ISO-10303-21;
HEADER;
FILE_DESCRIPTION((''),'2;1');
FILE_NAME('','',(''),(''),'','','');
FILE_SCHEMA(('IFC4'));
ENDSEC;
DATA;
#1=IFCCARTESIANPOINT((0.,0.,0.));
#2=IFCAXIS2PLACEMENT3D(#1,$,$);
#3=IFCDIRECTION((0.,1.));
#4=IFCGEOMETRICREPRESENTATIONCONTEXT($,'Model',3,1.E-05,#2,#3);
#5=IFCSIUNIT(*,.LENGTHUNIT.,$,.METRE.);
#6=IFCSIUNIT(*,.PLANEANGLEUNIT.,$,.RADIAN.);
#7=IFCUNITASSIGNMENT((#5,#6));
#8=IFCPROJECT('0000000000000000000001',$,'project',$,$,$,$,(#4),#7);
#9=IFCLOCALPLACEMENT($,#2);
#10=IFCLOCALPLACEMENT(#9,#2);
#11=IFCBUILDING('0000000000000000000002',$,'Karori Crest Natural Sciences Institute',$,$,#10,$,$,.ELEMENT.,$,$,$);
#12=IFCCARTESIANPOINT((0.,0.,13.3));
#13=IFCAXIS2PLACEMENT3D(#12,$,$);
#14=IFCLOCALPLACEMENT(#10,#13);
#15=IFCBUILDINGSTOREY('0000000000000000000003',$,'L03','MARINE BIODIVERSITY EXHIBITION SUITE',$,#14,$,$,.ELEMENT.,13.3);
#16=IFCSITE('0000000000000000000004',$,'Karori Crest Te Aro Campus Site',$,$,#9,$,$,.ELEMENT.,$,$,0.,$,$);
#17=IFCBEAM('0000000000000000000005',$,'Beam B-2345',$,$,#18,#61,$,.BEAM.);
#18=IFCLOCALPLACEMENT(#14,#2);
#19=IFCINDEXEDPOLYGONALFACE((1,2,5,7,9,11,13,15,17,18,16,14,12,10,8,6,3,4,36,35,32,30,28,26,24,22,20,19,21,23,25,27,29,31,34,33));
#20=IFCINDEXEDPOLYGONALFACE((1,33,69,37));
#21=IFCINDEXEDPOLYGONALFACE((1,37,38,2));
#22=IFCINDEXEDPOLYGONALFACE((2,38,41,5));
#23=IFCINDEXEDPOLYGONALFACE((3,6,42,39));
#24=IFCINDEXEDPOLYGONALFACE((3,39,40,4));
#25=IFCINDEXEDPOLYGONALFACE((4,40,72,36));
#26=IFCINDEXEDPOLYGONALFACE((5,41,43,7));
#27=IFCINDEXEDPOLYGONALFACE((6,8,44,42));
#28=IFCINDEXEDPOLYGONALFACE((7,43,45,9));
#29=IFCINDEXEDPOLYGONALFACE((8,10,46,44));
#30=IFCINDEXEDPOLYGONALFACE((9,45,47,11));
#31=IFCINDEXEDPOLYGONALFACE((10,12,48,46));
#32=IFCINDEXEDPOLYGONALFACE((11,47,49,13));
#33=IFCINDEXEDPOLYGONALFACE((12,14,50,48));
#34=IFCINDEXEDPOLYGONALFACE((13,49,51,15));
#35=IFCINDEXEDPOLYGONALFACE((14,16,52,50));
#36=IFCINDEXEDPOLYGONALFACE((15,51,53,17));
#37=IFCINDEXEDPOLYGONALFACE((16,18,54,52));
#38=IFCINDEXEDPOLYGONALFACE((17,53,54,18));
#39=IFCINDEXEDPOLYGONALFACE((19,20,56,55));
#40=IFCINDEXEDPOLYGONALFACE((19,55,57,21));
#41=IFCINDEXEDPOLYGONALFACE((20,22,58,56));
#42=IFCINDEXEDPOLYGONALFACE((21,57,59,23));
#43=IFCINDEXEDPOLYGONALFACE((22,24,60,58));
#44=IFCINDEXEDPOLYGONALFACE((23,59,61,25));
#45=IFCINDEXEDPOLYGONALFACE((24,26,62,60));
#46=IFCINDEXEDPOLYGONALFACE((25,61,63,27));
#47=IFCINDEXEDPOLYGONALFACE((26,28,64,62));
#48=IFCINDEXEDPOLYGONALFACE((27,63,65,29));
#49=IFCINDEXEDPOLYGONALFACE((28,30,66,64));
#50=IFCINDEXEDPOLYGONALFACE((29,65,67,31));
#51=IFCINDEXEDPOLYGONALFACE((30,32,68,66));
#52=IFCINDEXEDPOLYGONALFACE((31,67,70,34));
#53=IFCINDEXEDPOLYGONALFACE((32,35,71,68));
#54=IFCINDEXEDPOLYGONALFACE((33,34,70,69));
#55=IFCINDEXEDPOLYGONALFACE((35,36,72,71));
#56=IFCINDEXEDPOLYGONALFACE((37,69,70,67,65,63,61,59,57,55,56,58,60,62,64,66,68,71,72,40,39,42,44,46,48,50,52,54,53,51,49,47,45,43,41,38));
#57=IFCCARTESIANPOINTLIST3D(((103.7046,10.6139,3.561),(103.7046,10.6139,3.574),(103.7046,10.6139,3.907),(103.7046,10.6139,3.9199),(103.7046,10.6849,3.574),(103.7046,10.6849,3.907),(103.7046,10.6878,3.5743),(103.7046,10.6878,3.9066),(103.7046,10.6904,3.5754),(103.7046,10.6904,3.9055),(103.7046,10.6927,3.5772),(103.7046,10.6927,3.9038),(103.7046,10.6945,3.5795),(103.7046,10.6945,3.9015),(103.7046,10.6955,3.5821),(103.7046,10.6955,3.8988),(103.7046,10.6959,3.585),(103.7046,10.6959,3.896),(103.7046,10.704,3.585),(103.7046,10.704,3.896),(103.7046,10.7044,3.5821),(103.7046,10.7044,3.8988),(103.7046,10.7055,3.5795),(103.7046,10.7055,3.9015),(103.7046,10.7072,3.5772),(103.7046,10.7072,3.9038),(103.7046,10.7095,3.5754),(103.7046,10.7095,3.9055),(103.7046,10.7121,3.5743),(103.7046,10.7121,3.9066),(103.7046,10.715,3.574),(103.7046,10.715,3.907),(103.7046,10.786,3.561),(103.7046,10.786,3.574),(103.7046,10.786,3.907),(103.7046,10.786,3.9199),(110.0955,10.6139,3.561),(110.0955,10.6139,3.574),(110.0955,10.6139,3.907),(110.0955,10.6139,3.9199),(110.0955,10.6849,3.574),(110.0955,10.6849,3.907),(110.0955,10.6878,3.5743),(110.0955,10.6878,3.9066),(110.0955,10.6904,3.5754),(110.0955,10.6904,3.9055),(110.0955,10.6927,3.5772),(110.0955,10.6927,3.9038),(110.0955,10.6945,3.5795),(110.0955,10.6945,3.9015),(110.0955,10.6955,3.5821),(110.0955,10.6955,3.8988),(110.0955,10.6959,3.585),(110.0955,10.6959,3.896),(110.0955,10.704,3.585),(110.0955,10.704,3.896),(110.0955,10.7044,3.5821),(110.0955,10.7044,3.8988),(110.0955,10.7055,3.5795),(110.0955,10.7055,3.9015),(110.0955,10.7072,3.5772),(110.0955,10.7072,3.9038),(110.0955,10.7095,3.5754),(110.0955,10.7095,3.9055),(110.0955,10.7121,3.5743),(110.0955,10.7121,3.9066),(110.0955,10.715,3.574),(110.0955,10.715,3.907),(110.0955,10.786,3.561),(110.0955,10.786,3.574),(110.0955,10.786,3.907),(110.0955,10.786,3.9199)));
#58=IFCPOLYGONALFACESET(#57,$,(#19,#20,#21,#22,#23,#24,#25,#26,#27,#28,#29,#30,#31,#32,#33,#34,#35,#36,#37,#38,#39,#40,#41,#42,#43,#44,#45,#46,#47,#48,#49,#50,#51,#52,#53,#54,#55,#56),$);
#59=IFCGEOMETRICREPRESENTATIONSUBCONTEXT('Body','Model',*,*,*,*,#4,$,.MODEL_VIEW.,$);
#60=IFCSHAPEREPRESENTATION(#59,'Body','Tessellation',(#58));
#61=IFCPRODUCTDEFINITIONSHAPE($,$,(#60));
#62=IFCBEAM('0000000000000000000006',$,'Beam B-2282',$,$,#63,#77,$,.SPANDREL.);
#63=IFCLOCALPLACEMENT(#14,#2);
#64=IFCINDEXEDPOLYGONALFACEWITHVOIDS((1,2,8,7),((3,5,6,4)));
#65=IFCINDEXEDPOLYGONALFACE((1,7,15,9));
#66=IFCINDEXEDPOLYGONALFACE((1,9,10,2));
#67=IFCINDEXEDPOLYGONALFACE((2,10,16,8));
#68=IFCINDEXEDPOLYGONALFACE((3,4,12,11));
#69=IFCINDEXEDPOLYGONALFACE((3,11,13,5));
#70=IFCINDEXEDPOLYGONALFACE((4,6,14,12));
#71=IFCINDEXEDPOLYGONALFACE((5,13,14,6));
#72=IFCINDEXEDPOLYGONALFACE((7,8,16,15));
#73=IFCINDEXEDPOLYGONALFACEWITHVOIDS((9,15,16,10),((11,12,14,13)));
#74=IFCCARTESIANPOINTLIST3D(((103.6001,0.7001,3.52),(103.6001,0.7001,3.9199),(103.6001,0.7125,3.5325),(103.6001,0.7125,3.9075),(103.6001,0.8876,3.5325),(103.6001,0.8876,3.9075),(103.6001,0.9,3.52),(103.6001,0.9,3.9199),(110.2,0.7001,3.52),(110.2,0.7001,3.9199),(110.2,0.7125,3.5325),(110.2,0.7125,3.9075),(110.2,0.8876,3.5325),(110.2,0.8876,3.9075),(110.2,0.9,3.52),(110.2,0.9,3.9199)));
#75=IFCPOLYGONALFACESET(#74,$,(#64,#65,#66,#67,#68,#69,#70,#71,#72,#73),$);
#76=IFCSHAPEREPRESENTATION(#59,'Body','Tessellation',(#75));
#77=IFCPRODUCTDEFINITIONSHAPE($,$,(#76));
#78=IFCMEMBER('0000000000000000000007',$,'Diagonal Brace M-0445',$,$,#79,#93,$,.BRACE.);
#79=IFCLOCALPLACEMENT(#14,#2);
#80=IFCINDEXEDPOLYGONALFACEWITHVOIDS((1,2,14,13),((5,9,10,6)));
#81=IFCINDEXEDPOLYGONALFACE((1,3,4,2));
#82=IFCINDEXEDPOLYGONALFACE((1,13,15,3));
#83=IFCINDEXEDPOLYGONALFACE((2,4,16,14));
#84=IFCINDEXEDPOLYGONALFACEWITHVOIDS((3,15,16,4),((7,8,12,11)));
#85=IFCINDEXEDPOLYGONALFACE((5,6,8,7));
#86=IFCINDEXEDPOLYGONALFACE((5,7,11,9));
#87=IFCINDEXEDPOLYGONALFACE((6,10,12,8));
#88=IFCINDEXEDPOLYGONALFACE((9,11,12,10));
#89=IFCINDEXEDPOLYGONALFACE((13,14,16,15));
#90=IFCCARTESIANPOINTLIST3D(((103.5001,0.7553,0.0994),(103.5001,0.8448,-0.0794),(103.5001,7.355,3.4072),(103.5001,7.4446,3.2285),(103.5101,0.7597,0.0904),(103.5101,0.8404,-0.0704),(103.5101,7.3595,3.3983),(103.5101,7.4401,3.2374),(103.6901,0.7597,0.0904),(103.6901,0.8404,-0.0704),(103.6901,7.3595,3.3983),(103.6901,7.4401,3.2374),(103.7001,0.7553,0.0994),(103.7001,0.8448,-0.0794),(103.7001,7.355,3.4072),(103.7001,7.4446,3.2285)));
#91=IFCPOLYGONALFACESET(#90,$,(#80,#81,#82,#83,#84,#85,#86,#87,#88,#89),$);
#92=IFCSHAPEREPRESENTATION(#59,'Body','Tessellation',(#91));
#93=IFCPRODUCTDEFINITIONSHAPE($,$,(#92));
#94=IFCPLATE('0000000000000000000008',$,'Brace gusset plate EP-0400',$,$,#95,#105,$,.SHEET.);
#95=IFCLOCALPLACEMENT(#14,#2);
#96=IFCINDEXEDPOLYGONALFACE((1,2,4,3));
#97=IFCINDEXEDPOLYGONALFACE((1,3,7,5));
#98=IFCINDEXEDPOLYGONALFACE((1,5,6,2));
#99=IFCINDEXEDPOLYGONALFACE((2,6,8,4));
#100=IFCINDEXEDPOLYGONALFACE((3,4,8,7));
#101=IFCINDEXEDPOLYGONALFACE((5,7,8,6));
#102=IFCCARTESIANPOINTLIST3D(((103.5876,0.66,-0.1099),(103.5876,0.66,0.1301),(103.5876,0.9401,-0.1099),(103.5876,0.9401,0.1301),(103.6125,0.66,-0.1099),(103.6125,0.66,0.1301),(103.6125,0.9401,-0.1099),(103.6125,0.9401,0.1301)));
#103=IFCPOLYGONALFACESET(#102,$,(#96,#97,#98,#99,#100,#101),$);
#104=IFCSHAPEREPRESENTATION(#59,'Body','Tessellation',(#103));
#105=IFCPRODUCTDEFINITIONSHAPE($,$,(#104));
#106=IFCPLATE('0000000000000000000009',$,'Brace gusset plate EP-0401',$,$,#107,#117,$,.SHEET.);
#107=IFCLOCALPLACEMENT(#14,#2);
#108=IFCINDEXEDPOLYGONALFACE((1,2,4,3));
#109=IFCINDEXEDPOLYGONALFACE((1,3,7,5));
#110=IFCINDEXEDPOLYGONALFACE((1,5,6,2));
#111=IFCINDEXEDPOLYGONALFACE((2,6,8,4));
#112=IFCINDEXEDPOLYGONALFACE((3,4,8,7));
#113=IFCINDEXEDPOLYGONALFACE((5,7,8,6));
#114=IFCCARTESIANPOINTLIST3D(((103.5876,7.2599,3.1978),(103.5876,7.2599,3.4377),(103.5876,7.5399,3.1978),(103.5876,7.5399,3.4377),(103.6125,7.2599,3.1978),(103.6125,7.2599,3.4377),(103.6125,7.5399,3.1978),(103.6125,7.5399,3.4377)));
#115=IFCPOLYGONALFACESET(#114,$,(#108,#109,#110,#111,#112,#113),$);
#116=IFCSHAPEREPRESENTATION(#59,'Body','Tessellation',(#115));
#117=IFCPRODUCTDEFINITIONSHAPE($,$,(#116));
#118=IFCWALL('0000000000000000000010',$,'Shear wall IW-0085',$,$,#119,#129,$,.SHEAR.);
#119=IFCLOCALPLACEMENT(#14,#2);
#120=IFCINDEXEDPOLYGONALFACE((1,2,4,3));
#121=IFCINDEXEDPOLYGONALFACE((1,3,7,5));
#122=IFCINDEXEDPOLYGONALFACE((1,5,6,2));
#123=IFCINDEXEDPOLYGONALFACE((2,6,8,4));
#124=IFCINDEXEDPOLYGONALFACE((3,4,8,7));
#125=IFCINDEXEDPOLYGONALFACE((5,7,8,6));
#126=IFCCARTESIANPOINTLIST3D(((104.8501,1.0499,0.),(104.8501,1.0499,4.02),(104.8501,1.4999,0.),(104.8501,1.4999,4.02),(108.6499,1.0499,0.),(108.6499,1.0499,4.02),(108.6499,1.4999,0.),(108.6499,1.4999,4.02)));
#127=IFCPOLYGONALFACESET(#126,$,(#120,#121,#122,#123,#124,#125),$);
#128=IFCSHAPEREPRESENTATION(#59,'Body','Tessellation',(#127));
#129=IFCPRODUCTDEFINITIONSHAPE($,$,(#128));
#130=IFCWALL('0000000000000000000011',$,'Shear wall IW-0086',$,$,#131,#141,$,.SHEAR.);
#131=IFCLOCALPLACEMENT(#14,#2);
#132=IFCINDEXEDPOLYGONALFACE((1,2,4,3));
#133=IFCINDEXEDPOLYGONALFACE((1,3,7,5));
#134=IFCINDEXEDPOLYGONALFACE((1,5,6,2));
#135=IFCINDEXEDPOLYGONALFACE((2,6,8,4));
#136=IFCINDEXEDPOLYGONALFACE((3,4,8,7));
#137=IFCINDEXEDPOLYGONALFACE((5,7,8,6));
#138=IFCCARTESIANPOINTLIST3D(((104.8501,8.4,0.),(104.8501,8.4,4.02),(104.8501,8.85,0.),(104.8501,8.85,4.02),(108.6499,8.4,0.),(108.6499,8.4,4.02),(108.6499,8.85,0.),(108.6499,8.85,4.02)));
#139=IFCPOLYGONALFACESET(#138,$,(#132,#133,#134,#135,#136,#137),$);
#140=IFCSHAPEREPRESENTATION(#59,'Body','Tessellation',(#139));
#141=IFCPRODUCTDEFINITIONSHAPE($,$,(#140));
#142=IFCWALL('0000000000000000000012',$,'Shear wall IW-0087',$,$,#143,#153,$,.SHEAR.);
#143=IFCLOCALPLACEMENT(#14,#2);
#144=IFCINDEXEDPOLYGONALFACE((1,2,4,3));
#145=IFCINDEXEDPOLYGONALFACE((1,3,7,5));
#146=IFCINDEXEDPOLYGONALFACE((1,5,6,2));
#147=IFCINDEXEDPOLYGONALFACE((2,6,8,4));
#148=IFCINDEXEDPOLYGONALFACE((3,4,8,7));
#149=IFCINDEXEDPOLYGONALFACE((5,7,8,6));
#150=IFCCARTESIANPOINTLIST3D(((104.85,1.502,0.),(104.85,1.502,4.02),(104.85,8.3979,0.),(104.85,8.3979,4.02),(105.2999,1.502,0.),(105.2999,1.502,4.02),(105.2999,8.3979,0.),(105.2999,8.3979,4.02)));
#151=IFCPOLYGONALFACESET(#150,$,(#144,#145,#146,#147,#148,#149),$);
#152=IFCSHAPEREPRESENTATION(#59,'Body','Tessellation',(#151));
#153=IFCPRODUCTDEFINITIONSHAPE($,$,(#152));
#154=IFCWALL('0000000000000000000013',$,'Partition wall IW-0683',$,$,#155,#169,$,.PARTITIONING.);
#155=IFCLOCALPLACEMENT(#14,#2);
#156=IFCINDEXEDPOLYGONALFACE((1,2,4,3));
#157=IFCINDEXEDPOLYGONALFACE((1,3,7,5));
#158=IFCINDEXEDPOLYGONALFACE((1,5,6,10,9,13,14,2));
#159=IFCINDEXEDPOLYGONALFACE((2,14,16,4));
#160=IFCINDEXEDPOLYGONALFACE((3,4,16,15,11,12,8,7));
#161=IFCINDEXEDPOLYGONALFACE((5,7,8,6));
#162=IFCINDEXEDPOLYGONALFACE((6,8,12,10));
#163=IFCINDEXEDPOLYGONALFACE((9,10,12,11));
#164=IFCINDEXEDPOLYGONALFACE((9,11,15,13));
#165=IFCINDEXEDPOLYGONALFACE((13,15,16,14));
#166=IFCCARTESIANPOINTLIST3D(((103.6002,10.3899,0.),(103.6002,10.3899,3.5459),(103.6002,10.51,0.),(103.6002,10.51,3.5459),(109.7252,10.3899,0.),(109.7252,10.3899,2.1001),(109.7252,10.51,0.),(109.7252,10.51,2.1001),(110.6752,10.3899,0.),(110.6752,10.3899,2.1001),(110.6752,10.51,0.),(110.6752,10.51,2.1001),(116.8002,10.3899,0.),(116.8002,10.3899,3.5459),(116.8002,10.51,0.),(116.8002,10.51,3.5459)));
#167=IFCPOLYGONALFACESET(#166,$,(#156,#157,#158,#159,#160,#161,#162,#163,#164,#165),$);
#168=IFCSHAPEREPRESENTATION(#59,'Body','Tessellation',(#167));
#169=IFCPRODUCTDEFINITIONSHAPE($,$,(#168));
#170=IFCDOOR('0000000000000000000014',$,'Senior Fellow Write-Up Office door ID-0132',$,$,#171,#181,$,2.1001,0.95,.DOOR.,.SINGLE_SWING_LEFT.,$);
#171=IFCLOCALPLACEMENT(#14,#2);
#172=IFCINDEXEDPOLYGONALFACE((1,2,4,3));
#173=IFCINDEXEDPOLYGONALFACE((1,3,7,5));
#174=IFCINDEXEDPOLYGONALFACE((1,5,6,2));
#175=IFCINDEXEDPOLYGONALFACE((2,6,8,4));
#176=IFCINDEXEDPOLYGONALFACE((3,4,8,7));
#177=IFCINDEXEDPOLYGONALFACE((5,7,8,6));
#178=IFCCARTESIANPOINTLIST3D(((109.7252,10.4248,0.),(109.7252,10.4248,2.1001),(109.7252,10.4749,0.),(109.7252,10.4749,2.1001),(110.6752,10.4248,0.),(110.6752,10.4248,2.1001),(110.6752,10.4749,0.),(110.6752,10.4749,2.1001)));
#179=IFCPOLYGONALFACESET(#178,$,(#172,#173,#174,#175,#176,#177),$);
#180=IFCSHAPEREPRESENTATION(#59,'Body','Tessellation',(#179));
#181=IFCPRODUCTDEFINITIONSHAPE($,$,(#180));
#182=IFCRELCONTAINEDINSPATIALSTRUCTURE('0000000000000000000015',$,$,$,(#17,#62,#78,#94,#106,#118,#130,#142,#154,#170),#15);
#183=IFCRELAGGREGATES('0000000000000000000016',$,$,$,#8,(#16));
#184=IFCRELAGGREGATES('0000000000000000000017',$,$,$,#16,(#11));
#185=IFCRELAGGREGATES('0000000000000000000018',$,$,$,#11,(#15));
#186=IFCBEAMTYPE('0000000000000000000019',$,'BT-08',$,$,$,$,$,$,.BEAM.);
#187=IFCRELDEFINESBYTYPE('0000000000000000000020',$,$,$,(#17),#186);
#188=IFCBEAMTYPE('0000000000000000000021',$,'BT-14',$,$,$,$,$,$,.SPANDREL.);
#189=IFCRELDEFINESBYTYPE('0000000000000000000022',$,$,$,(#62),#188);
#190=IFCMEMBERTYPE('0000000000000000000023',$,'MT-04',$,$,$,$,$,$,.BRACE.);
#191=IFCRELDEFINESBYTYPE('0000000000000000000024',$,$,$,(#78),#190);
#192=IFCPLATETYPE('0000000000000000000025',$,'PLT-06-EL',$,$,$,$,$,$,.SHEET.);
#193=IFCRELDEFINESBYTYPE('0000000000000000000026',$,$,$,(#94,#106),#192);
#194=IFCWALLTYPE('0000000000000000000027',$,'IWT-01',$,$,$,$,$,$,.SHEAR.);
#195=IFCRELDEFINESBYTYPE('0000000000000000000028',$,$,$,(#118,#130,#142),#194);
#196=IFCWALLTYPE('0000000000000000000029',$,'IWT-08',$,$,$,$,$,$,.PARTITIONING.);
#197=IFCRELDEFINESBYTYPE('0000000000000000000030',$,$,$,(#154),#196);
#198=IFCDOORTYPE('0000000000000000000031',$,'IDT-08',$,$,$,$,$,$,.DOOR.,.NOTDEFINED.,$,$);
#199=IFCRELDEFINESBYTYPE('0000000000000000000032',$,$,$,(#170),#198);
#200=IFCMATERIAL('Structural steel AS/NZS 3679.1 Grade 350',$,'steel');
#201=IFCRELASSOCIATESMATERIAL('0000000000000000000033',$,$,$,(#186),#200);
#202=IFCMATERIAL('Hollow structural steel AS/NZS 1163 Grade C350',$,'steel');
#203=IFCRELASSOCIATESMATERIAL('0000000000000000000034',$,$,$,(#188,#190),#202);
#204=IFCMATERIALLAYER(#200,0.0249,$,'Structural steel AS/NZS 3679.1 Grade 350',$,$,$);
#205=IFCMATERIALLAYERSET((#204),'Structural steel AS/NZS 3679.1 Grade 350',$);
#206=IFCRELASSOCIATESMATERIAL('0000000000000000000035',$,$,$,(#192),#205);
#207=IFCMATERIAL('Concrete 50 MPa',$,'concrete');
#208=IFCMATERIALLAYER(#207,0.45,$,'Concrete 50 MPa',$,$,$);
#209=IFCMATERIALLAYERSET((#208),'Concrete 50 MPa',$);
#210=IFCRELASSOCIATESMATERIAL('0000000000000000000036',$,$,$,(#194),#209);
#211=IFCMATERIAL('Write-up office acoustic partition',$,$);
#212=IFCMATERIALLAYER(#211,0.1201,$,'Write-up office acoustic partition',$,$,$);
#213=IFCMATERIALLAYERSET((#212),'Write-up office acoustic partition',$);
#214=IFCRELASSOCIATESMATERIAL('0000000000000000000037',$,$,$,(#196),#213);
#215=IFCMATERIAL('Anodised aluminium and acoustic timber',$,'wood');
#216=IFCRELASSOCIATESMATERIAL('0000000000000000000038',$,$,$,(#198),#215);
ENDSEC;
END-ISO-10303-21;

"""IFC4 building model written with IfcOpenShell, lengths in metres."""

from ifc_helpers import new_model, si_unit, direction, frame, frame_2d, origin, origin_2d, place, context, subcontext, project, spatial, rectangle, hollow_rectangle, i_section, extrude, material, layer, layer_set, material_profile, profile_set, type_object, element, fill, save


model = new_model("IFC4")

# Units and contexts
model_context = context("Model", 3, precision=1e-05, world=origin(), true_north=direction((0.0, 1.0)))
body_context = subcontext(model_context, "Body", "Model", "MODEL_VIEW")
ifc_project = project(units=[si_unit("LENGTHUNIT", "METRE"), si_unit("PLANEANGLEUNIT", "RADIAN")], contexts=[model_context])

# Site, building, storey
site_placement = place(None, origin())
site = spatial("IfcSite", under=ifc_project, at=site_placement, Name="Karori Crest Te Aro Campus Site", CompositionType="ELEMENT", RefElevation=0.0)
building_placement = place(site_placement, origin())
building = spatial("IfcBuilding", under=site, at=building_placement, Name="Karori Crest Natural Sciences Institute", CompositionType="ELEMENT")
storey_placement = place(building_placement, frame((0.0, 0.0, 13.3)))
storey = spatial("IfcBuildingStorey", under=building, at=storey_placement, Name="L03", Description="MARINE BIODIVERSITY EXHIBITION SUITE", CompositionType="ELEMENT", Elevation=13.3)

# Shared definitions
ifc_material_1 = material(Name="Structural steel AS/NZS 3679.1 Grade 350", Category="steel")

# Beams
ifc_material_profile_1 = material_profile(ifc_material_1, i_section(OverallWidth=0.1721, OverallDepth=0.3589, WebThickness=0.0081, FlangeThickness=0.0129, FilletRadius=0.011, at=origin_2d()), Name="360UB56.7")
ifc_profile_set_1 = profile_set([ifc_material_profile_1], Name="Structural steel AS/NZS 3679.1 Grade 350")
beam_type_1 = type_object("IfcBeamType", Name="BT-08", PredefinedType="BEAM", material=ifc_profile_set_1)
beam_1_placement = place(storey_placement, frame((103.7046, 10.7, 3.7405), z_axis=(1.0, 0.0, 0.0), x_axis=(0.0, 1.0, 0.0)))
element("IfcBeam", 1, at=beam_1_placement, inside=storey, type_object=beam_type_1, Name="Beam B-2345", PredefinedType="BEAM", context=body_context, shape_type="SweptSolid", body=[
    extrude(i_section(OverallWidth=0.1721, OverallDepth=0.3589, WebThickness=0.0081, FlangeThickness=0.0129, FilletRadius=0.011, at=origin_2d()), origin(), (0.0, 0.0, 1.0), 6.3909),
])
ifc_material_2 = material(Name="Hollow structural steel AS/NZS 1163 Grade C350", Category="steel")
ifc_material_profile_2 = material_profile(ifc_material_2, hollow_rectangle(XDim=0.2, YDim=0.3999, WallThickness=0.0125, at=origin_2d()), Name="RHS400x200x12.5")
ifc_profile_set_2 = profile_set([ifc_material_profile_2], Name="Hollow structural steel AS/NZS 1163 Grade C350")
beam_type_2 = type_object("IfcBeamType", Name="BT-14", PredefinedType="SPANDREL", material=ifc_profile_set_2)
beam_2_placement = place(storey_placement, frame((103.6001, 0.8, 3.72), z_axis=(1.0, 0.0, 0.0), x_axis=(0.0, 1.0, 0.0)))
element("IfcBeam", 2, at=beam_2_placement, inside=storey, type_object=beam_type_2, Name="Beam B-2282", PredefinedType="SPANDREL", context=body_context, shape_type="SweptSolid", body=[
    extrude(hollow_rectangle(XDim=0.2, YDim=0.3999, WallThickness=0.0125, at=origin_2d()), origin(), (0.0, 0.0, 1.0), 6.5999),
])

# Member
ifc_material_profile_3 = material_profile(ifc_material_2, hollow_rectangle(XDim=0.2, YDim=0.2, WallThickness=0.01, at=origin_2d()), Name="SHS200x200x10")
ifc_profile_set_3 = profile_set([ifc_material_profile_3], Name="Hollow structural steel AS/NZS 1163 Grade C350")
member_type = type_object("IfcMemberType", Name="MT-04", PredefinedType="BRACE", material=ifc_profile_set_3)
member_placement = place(storey_placement, frame((103.6001, 0.8, 0.01), z_axis=(0.0, 0.893997, 0.448073), x_axis=(-1.0, 0.0, 0.0)))
element("IfcMember", 3, at=member_placement, inside=storey, type_object=member_type, Name="Diagonal Brace M-0445", PredefinedType="BRACE", context=body_context, shape_type="SweptSolid", body=[
    extrude(hollow_rectangle(XDim=0.2, YDim=0.2, WallThickness=0.01, at=origin_2d()), origin(), (0.0, 0.0, 1.0), 7.3823),
])

# Plates
ifc_layer_1 = layer(ifc_material_1, 0.0249, Name="Structural steel AS/NZS 3679.1 Grade 350")
ifc_layer_set_1 = layer_set([ifc_layer_1], Name="Structural steel AS/NZS 3679.1 Grade 350")
plate_type = type_object("IfcPlateType", Name="PLT-06-EL", PredefinedType="SHEET", material=ifc_layer_set_1)
for number, where, z_axis, x_axis, name in (
    (4, (103.6001, 0.8, -0.1099), (0.0, 0.0, 1.0), (0.0, 1.0, 0.0), "Brace gusset plate EP-0400"),
    (5, (103.6001, 7.3999, 3.1978), (0.0, 0.0, 1.0), (0.0, 1.0, 0.0), "Brace gusset plate EP-0401"),
):
    element("IfcPlate", number, at=place(storey_placement, frame(where, z_axis=z_axis, x_axis=x_axis)), inside=storey, type_object=plate_type, Name=name, PredefinedType="SHEET", context=body_context, shape_type="SweptSolid", body=[
        extrude(rectangle(XDim=0.28, YDim=0.0249, at=origin_2d()), origin(), (0.0, 0.0, 1.0), 0.24),
    ])

# Walls
ifc_material_3 = material(Name="Concrete 50 MPa", Category="concrete")
ifc_layer_2 = layer(ifc_material_3, 0.45, Name="Concrete 50 MPa")
ifc_layer_set_2 = layer_set([ifc_layer_2], Name="Concrete 50 MPa")
wall_type_1 = type_object("IfcWallType", Name="IWT-01", PredefinedType="SHEAR", material=ifc_layer_set_2)
for number, where, z_axis, x_axis, name in (
    (6, (104.8501, 1.2749, 0.0), (0.0, 0.0, 1.0), (1.0, 0.0, 0.0), "Shear wall IW-0085"),
    (7, (104.8501, 8.625, 0.0), (0.0, 0.0, 1.0), (1.0, 0.0, 0.0), "Shear wall IW-0086"),
):
    element("IfcWall", number, at=place(storey_placement, frame(where, z_axis=z_axis, x_axis=x_axis)), inside=storey, type_object=wall_type_1, Name=name, PredefinedType="SHEAR", context=body_context, shape_type="SweptSolid", body=[
        extrude(rectangle(XDim=3.7998, YDim=0.45, at=frame_2d((1.8999, 0.0))), origin(), (0.0, 0.0, 1.0), 4.02),
    ])
wall_1_placement = place(storey_placement, frame((105.075, 1.502, 0.0), z_axis=(0.0, 0.0, 1.0), x_axis=(0.0, 1.0, 0.0)))
element("IfcWall", 8, at=wall_1_placement, inside=storey, type_object=wall_type_1, Name="Shear wall IW-0087", PredefinedType="SHEAR", context=body_context, shape_type="SweptSolid", body=[
    extrude(rectangle(XDim=6.896, YDim=0.45, at=frame_2d((3.448, 0.0))), origin(), (0.0, 0.0, 1.0), 4.02),
])

# Wall, opening, door
ifc_material_4 = material(Name="Write-up office acoustic partition")
ifc_layer_3 = layer(ifc_material_4, 0.1201, Name="Write-up office acoustic partition")
ifc_layer_set_3 = layer_set([ifc_layer_3], Name="Write-up office acoustic partition")
wall_type_2 = type_object("IfcWallType", Name="IWT-08", PredefinedType="PARTITIONING", material=ifc_layer_set_3)
wall_2_placement = place(storey_placement, frame((103.6001, 10.45, 0.0), z_axis=(0.0, 0.0, 1.0), x_axis=(1.0, 0.0, 0.0)))
wall_2 = element("IfcWall", 9, at=wall_2_placement, inside=storey, type_object=wall_type_2, Name="Partition wall IW-0683", PredefinedType="PARTITIONING", context=body_context, shape_type="SweptSolid", body=[
    extrude(rectangle(XDim=13.2, YDim=0.1201, at=frame_2d((6.6001, 0.0))), origin(), (0.0, 0.0, 1.0), 3.5459),
])
opening_1_placement = place(wall_2_placement, frame((6.125, 0.0, 0.0)))
opening_1 = element("IfcOpeningElement", 10, at=opening_1_placement, cuts=wall_2, PredefinedType="OPENING", context=body_context, shape_type="SweptSolid", body=[
    extrude(rectangle(XDim=0.95, YDim=2.1001, at=frame_2d((0.4751, 1.05))), frame((0.0, 0.0701, 0.0), z_axis=(0.0, -1.0, 0.0), x_axis=(1.0, 0.0, 0.0)), (0.0, 0.0, 1.0), 0.1401),
])
ifc_material_5 = material(Name="Anodised aluminium and acoustic timber", Category="wood")
door_type = type_object("IfcDoorType", Name="IDT-08", OperationType="NOTDEFINED", PredefinedType="DOOR", material=ifc_material_5)
door_placement = place(opening_1_placement, origin())
door = element("IfcDoor", 11, at=door_placement, inside=storey, type_object=door_type, Name="Senior Fellow Write-Up Office door ID-0132", OperationType="SINGLE_SWING_LEFT", OverallHeight=2.1001, OverallWidth=0.95, PredefinedType="DOOR", context=body_context, shape_type="SweptSolid", body=[
    extrude(rectangle(XDim=0.95, YDim=2.1001, at=frame_2d((0.4751, 1.05))), frame((0.0, 0.0249, 0.0), z_axis=(0.0, -1.0, 0.0), x_axis=(1.0, 0.0, 0.0)), (0.0, 0.0, 1.0), 0.05),
])
fill(opening_1, door)

save(model, "model.ifc")
